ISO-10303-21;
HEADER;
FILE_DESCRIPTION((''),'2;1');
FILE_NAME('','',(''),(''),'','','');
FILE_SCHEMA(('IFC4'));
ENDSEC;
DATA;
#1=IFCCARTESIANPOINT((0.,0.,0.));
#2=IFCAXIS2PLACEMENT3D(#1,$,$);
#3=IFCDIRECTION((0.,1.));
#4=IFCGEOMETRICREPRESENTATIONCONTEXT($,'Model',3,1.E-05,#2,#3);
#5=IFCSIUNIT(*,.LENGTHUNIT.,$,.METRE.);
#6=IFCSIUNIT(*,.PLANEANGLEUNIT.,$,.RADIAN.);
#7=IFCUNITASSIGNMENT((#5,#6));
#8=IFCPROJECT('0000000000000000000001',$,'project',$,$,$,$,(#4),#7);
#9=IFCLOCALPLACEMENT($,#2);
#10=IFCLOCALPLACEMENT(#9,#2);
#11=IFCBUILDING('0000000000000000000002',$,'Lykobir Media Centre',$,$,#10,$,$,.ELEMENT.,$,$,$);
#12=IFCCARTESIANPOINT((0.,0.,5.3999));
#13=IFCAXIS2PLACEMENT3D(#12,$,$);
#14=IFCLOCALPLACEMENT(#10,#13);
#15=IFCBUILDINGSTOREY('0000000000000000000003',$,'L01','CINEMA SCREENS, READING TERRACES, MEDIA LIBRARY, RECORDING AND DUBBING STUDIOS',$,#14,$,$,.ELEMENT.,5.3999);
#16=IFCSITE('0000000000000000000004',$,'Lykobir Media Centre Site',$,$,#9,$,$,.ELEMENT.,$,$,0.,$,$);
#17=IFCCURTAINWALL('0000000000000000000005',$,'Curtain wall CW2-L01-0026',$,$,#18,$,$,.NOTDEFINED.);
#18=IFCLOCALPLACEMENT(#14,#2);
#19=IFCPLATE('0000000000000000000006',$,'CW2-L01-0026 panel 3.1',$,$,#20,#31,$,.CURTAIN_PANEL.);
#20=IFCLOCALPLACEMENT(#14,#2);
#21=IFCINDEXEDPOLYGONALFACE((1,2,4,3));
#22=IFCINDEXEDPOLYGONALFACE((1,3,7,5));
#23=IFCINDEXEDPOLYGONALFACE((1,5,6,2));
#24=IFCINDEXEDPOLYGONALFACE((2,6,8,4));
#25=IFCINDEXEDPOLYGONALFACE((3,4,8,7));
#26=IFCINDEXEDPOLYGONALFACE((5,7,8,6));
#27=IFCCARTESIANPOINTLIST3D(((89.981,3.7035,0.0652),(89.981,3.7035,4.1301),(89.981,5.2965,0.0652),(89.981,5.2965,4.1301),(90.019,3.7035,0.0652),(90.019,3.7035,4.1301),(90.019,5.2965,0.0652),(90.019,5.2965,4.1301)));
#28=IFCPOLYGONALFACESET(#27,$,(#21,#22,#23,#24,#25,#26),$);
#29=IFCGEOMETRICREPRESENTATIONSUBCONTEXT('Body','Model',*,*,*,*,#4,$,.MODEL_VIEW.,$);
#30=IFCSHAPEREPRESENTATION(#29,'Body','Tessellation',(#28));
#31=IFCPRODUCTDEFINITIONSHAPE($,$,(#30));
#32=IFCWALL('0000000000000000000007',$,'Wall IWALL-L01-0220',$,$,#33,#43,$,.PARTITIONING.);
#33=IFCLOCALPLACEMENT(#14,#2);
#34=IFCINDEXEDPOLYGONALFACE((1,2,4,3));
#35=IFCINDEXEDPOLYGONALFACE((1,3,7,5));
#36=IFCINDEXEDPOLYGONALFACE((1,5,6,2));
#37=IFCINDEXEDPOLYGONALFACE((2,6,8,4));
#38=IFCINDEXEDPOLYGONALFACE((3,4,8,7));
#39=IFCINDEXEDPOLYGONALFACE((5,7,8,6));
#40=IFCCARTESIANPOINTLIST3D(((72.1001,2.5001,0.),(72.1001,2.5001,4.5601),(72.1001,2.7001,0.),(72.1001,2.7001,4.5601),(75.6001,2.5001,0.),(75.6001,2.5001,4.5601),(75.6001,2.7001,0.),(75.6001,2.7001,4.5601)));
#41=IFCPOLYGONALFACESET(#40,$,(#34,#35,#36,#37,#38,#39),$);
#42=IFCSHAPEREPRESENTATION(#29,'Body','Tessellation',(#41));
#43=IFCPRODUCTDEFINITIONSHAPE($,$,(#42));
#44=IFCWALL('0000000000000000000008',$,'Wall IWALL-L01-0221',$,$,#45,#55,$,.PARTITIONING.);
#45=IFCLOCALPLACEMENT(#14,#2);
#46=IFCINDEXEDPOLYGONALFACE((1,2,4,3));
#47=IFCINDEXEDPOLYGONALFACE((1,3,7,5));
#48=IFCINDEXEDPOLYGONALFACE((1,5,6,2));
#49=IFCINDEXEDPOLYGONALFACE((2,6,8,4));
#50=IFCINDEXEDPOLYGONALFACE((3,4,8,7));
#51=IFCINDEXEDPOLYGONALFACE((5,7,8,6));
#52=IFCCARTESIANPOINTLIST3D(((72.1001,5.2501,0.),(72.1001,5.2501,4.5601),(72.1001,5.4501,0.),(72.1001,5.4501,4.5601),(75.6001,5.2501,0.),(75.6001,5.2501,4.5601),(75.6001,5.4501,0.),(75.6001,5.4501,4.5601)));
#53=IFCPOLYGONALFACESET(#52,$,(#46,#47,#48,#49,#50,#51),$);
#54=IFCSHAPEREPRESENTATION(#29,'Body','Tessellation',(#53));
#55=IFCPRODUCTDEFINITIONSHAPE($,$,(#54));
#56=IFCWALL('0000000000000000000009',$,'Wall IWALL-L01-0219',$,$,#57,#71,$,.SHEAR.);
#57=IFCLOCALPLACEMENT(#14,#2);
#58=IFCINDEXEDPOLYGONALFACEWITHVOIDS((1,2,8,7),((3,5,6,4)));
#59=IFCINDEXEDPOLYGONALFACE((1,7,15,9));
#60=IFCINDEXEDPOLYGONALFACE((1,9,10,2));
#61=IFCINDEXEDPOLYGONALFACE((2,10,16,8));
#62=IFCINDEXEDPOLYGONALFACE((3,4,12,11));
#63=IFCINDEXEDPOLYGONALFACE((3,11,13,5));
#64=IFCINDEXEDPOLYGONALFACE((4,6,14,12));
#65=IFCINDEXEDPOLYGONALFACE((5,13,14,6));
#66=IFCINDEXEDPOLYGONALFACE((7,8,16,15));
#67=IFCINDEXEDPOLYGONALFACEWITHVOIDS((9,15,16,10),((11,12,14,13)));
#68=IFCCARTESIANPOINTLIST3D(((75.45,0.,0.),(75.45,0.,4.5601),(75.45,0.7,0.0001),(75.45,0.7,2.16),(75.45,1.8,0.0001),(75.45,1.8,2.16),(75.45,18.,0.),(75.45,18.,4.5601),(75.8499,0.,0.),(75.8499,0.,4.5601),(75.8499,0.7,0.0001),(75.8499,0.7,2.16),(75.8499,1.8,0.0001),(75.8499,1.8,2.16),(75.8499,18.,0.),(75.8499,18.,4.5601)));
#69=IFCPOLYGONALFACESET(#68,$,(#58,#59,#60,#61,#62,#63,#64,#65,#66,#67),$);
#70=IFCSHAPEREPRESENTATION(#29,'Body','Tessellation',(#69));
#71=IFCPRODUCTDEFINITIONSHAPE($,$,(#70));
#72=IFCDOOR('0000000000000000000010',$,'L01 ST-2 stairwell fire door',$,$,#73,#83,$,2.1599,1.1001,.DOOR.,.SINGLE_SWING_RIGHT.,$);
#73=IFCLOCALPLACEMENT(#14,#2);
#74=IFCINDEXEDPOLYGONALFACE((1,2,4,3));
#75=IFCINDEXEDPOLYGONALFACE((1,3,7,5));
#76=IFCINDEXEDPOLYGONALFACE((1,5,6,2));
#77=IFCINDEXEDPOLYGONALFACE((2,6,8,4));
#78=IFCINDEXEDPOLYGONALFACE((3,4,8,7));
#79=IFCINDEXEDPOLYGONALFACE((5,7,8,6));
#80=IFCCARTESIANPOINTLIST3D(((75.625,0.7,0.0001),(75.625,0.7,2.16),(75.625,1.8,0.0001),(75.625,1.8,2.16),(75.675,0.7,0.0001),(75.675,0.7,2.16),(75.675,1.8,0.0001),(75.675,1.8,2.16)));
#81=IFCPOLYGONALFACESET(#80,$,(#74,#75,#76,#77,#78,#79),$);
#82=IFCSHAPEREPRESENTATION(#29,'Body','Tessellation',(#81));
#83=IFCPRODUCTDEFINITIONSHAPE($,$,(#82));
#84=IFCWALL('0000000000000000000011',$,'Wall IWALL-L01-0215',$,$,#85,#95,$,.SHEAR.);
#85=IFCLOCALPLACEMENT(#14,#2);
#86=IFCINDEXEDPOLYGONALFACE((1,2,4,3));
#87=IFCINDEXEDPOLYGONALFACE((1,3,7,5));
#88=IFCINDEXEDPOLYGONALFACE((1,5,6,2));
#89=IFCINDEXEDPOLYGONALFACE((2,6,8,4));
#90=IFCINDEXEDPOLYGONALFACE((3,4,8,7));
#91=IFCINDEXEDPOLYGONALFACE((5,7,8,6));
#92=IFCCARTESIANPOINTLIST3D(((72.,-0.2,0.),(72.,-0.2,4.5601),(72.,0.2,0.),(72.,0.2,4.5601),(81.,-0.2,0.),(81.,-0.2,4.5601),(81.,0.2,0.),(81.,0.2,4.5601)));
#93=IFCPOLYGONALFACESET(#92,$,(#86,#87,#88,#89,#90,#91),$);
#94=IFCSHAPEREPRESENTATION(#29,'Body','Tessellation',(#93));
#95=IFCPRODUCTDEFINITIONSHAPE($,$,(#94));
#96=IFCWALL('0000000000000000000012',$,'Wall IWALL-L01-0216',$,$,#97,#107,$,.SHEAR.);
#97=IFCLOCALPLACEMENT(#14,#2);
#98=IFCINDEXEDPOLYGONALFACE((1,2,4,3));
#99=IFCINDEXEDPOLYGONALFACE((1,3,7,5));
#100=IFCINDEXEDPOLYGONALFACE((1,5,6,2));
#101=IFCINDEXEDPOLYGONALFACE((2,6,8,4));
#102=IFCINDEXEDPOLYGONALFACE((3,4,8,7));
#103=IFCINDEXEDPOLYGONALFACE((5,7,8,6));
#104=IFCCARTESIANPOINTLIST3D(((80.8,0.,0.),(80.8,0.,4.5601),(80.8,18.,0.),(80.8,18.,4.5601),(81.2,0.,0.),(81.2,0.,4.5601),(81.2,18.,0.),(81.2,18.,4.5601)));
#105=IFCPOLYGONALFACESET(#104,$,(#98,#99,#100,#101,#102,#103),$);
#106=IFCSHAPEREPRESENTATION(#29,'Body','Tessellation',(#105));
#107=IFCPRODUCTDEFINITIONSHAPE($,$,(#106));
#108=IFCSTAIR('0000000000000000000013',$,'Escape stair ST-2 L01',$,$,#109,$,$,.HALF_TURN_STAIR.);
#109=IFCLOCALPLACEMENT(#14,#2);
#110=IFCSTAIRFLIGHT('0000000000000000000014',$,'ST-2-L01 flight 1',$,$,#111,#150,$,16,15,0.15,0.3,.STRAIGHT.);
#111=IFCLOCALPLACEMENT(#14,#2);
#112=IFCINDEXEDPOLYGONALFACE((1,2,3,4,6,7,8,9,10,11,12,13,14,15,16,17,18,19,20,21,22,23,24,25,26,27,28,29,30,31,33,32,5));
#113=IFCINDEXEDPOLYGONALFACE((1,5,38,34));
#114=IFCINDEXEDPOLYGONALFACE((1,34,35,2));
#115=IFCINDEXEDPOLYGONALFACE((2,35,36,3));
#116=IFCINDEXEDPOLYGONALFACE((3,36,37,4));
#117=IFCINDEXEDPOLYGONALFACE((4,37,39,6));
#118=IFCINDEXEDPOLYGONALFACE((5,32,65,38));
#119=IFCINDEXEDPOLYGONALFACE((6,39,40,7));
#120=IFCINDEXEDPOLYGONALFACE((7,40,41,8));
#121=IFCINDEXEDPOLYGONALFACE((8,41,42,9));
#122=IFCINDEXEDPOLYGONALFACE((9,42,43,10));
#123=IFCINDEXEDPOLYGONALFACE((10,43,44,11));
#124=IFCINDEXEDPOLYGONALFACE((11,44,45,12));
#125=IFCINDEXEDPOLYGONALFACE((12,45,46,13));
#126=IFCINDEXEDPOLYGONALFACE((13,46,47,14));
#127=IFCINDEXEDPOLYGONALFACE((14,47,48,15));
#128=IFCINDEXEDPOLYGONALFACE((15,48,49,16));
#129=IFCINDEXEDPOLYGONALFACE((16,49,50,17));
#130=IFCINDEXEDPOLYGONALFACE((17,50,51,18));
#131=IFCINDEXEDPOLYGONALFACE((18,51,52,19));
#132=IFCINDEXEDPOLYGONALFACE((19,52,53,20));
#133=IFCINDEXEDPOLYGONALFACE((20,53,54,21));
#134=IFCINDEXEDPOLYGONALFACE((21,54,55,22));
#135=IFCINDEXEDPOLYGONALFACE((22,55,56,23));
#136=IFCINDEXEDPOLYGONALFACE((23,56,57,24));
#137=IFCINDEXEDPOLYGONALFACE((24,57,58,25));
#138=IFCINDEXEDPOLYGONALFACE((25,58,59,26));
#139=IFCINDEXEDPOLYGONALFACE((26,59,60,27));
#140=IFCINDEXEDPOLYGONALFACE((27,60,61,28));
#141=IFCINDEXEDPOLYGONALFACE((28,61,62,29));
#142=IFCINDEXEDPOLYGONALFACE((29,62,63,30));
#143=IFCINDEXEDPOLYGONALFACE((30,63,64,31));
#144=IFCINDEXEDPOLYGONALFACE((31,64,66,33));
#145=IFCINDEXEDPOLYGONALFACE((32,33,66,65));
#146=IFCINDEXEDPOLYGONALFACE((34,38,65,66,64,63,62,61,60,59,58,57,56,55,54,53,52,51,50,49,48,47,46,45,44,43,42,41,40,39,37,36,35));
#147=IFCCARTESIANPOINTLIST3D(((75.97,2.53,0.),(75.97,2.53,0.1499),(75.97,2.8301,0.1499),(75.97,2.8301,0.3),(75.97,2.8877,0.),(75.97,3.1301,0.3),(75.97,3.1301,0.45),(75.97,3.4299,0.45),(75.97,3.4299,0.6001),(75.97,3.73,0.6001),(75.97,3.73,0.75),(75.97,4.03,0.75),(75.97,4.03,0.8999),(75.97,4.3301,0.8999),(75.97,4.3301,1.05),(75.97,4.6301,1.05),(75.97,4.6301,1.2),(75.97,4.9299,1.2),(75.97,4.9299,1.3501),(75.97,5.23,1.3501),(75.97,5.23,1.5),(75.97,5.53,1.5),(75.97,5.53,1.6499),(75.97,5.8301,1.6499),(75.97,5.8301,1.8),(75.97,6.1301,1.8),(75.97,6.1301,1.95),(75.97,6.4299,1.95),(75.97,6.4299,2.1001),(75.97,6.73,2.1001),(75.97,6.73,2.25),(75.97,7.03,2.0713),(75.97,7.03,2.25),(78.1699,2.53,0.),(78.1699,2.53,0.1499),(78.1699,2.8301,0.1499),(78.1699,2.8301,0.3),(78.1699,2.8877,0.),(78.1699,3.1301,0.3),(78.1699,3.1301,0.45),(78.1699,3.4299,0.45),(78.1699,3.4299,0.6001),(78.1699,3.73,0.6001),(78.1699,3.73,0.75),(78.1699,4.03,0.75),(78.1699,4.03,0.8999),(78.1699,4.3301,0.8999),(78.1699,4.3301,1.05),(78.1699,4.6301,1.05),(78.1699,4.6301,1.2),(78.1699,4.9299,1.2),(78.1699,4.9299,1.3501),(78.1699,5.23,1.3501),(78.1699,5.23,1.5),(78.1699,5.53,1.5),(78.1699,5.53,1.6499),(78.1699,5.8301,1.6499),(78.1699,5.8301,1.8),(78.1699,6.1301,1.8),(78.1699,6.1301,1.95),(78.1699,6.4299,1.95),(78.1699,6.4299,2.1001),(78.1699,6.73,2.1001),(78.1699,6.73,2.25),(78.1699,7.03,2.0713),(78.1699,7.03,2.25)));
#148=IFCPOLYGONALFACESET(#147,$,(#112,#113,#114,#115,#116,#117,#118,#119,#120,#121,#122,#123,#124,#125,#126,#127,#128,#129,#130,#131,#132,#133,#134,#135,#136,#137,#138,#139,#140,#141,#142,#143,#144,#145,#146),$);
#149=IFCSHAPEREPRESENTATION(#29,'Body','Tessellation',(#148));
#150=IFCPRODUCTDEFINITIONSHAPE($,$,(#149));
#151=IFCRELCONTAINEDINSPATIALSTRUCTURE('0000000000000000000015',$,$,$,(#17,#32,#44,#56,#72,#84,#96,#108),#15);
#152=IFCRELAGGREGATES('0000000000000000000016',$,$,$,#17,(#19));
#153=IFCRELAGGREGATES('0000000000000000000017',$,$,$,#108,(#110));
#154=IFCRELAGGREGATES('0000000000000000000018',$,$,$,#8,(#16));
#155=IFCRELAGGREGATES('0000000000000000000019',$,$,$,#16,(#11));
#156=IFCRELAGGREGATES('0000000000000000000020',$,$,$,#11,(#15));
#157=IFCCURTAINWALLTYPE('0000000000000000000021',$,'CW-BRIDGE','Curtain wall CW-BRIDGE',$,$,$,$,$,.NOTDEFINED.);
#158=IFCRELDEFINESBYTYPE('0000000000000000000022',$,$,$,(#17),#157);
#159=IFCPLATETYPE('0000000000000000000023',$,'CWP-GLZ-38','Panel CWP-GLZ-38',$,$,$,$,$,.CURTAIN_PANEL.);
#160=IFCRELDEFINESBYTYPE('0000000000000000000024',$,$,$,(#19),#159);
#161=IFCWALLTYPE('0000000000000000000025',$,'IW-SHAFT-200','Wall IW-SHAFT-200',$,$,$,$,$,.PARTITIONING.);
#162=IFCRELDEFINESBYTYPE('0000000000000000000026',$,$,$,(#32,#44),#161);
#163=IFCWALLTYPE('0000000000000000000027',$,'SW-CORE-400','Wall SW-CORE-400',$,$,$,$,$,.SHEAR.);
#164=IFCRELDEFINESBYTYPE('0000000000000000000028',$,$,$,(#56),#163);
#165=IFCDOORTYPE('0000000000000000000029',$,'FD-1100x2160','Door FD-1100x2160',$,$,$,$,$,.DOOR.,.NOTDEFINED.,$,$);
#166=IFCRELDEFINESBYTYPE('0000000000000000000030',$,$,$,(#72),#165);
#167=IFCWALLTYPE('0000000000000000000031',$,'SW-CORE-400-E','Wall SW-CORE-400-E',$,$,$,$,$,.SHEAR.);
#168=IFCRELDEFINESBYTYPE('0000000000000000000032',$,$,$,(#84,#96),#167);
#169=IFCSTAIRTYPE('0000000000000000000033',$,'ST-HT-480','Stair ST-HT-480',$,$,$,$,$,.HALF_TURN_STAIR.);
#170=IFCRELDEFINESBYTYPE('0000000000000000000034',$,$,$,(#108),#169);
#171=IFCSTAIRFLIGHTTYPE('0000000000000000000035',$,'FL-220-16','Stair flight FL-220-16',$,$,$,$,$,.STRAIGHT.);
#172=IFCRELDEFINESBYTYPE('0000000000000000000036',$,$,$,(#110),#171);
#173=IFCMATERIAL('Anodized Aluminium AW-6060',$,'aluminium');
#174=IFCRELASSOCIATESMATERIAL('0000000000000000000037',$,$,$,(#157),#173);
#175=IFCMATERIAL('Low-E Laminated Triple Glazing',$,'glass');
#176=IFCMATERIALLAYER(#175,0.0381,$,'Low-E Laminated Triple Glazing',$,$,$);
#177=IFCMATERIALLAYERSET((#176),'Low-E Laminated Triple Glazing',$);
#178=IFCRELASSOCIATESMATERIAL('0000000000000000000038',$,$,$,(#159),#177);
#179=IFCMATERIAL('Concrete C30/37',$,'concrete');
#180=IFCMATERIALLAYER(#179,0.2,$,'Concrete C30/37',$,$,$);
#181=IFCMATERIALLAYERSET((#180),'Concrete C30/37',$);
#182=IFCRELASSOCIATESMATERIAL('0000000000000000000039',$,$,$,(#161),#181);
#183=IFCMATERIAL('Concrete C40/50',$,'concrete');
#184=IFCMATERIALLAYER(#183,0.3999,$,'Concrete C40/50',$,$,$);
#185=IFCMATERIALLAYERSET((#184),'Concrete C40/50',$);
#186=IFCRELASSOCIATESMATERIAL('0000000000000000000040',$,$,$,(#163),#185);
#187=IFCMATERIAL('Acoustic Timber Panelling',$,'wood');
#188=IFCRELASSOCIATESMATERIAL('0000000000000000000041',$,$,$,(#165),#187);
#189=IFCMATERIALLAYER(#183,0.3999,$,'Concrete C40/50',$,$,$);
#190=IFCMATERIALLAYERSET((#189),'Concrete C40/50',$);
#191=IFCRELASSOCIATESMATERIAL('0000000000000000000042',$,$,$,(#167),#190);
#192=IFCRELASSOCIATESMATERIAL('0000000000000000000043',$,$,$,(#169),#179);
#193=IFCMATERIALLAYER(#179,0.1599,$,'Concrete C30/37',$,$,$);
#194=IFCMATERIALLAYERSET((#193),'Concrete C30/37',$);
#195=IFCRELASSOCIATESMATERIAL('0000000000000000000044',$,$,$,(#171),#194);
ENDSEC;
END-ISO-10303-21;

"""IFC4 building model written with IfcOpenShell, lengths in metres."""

from ifc_helpers import new_model, si_unit, direction, frame, frame_2d, origin, origin_2d, place, context, subcontext, project, spatial, polyline, rectangle, outline, extrude, material, layer, layer_set, type_object, element, fill, aggregate, save


model = new_model("IFC4")

# Units and contexts
model_context = context("Model", 3, precision=1e-05, world=origin(), true_north=direction((0.0, 1.0)))
body_context = subcontext(model_context, "Body", "Model", "MODEL_VIEW")
ifc_project = project(units=[si_unit("LENGTHUNIT", "METRE"), si_unit("PLANEANGLEUNIT", "RADIAN")], contexts=[model_context])

# Site, building, storey
site_placement = place(None, origin())
site = spatial("IfcSite", under=ifc_project, at=site_placement, Name="Lykobir Media Centre Site", CompositionType="ELEMENT", RefElevation=0.0)
building_placement = place(site_placement, origin())
building = spatial("IfcBuilding", under=site, at=building_placement, Name="Lykobir Media Centre", CompositionType="ELEMENT")
storey_placement = place(building_placement, frame((0.0, 0.0, 5.3999)))
storey = spatial("IfcBuildingStorey", under=building, at=storey_placement, Name="L01", Description="CINEMA SCREENS, READING TERRACES, MEDIA LIBRARY, RECORDING AND DUBBING STUDIOS", CompositionType="ELEMENT", Elevation=5.3999)

# Shared definitions
ifc_material_1 = material(Name="Concrete C40/50", Category="concrete")

# Curtain wall
ifc_material_2 = material(Name="Anodized Aluminium AW-6060", Category="aluminium")
curtain_wall_type = type_object("IfcCurtainWallType", Name="CW-BRIDGE", Description="Curtain wall CW-BRIDGE", PredefinedType="NOTDEFINED", material=ifc_material_2)
curtain_wall_placement = place(storey_placement, origin())
curtain_wall = element("IfcCurtainWall", 1, at=curtain_wall_placement, inside=storey, type_object=curtain_wall_type, Name="Curtain wall CW2-L01-0026", PredefinedType="NOTDEFINED")

# Plate
ifc_material_3 = material(Name="Low-E Laminated Triple Glazing", Category="glass")
ifc_layer_1 = layer(ifc_material_3, 0.0381, Name="Low-E Laminated Triple Glazing")
ifc_layer_set_1 = layer_set([ifc_layer_1], Name="Low-E Laminated Triple Glazing")
plate_type = type_object("IfcPlateType", Name="CWP-GLZ-38", Description="Panel CWP-GLZ-38", PredefinedType="CURTAIN_PANEL", material=ifc_layer_set_1)
plate_1_placement = place(storey_placement, frame((90.0, 4.5, 0.0652), z_axis=(0.0, 0.0, 1.0), x_axis=(0.0, 1.0, 0.0)))
plate_1 = element("IfcPlate", 2, at=plate_1_placement, type_object=plate_type, Name="CW2-L01-0026 panel 3.1", PredefinedType="CURTAIN_PANEL", context=body_context, shape_type="SweptSolid", body=[
    extrude(rectangle(XDim=1.593, YDim=0.0381, at=origin_2d()), origin(), (0.0, 0.0, 1.0), 4.0649),
])
aggregate(curtain_wall, [plate_1])

# Walls
ifc_material_4 = material(Name="Concrete C30/37", Category="concrete")
ifc_layer_2 = layer(ifc_material_4, 0.2, Name="Concrete C30/37")
ifc_layer_set_2 = layer_set([ifc_layer_2], Name="Concrete C30/37")
wall_type_1 = type_object("IfcWallType", Name="IW-SHAFT-200", Description="Wall IW-SHAFT-200", PredefinedType="PARTITIONING", material=ifc_layer_set_2)
for number, where, z_axis, x_axis, name in (
    (3, (72.1001, 2.6001, 0.0), (0.0, 0.0, 1.0), (1.0, 0.0, 0.0), "Wall IWALL-L01-0220"),
    (4, (72.1001, 5.3501, 0.0), (0.0, 0.0, 1.0), (1.0, 0.0, 0.0), "Wall IWALL-L01-0221"),
):
    element("IfcWall", number, at=place(storey_placement, frame(where, z_axis=z_axis, x_axis=x_axis)), inside=storey, type_object=wall_type_1, Name=name, PredefinedType="PARTITIONING", context=body_context, shape_type="SweptSolid", body=[
        extrude(rectangle(XDim=3.5, YDim=0.2, at=frame_2d((1.75, 0.0))), origin(), (0.0, 0.0, 1.0), 4.5601),
    ])

# Wall, opening, door
ifc_layer_3 = layer(ifc_material_1, 0.3999, Name="Concrete C40/50")
ifc_layer_set_3 = layer_set([ifc_layer_3], Name="Concrete C40/50")
wall_type_2 = type_object("IfcWallType", Name="SW-CORE-400", Description="Wall SW-CORE-400", PredefinedType="SHEAR", material=ifc_layer_set_3)
wall_1_placement = place(storey_placement, frame((75.6499, 0.0, 0.0), z_axis=(0.0, 0.0, 1.0), x_axis=(0.0, 1.0, 0.0)))
wall_1 = element("IfcWall", 5, at=wall_1_placement, inside=storey, type_object=wall_type_2, Name="Wall IWALL-L01-0219", PredefinedType="SHEAR", context=body_context, shape_type="SweptSolid", body=[
    extrude(rectangle(XDim=18.0, YDim=0.3999, at=frame_2d((9.0, 0.0))), origin(), (0.0, 0.0, 1.0), 4.5601),
])
opening_placement = place(wall_1_placement, frame((0.7, 0.0, 0.0)))
opening = element("IfcOpeningElement", 6, at=opening_placement, cuts=wall_1, PredefinedType="OPENING", context=body_context, shape_type="SweptSolid", body=[
    extrude(rectangle(XDim=1.1001, YDim=2.1599, at=frame_2d((0.55, 1.0801))), frame((0.0, 0.21, 0.0), z_axis=(0.0, -1.0, 0.0), x_axis=(1.0, 0.0, 0.0)), (0.0, 0.0, 1.0), 0.4199),
])
ifc_material_5 = material(Name="Acoustic Timber Panelling", Category="wood")
door_type = type_object("IfcDoorType", Name="FD-1100x2160", Description="Door FD-1100x2160", OperationType="NOTDEFINED", PredefinedType="DOOR", material=ifc_material_5)
door_placement = place(opening_placement, origin())
door = element("IfcDoor", 7, at=door_placement, inside=storey, type_object=door_type, Name="L01 ST-2 stairwell fire door", OperationType="SINGLE_SWING_RIGHT", OverallHeight=2.1599, OverallWidth=1.1001, PredefinedType="DOOR", context=body_context, shape_type="SweptSolid", body=[
    extrude(rectangle(XDim=1.1001, YDim=2.1599, at=frame_2d((0.55, 1.0801))), frame((0.0, 0.0249, 0.0), z_axis=(0.0, -1.0, 0.0), x_axis=(1.0, 0.0, 0.0)), (0.0, 0.0, 1.0), 0.05),
])
fill(opening, door)

# Walls
ifc_layer_4 = layer(ifc_material_1, 0.3999, Name="Concrete C40/50")
ifc_layer_set_4 = layer_set([ifc_layer_4], Name="Concrete C40/50")
wall_type_3 = type_object("IfcWallType", Name="SW-CORE-400-E", Description="Wall SW-CORE-400-E", PredefinedType="SHEAR", material=ifc_layer_set_4)
wall_2_placement = place(storey_placement, frame((72.0, 0.0, 0.0), z_axis=(0.0, 0.0, 1.0), x_axis=(1.0, 0.0, 0.0)))
element("IfcWall", 8, at=wall_2_placement, inside=storey, type_object=wall_type_3, Name="Wall IWALL-L01-0215", PredefinedType="SHEAR", context=body_context, shape_type="SweptSolid", body=[
    extrude(rectangle(XDim=9.0, YDim=0.3999, at=frame_2d((4.5, 0.0))), origin(), (0.0, 0.0, 1.0), 4.5601),
])
wall_3_placement = place(storey_placement, frame((81.0, 0.0, 0.0), z_axis=(0.0, 0.0, 1.0), x_axis=(0.0, 1.0, 0.0)))
element("IfcWall", 9, at=wall_3_placement, inside=storey, type_object=wall_type_3, Name="Wall IWALL-L01-0216", PredefinedType="SHEAR", context=body_context, shape_type="SweptSolid", body=[
    extrude(rectangle(XDim=18.0, YDim=0.3999, at=frame_2d((9.0, 0.0))), origin(), (0.0, 0.0, 1.0), 4.5601),
])

# Stair, stair flight
stair_type = type_object("IfcStairType", Name="ST-HT-480", Description="Stair ST-HT-480", PredefinedType="HALF_TURN_STAIR", material=ifc_material_4)
stair_placement = place(storey_placement, origin())
stair = element("IfcStair", 10, at=stair_placement, inside=storey, type_object=stair_type, Name="Escape stair ST-2 L01", PredefinedType="HALF_TURN_STAIR")
ifc_layer_5 = layer(ifc_material_4, 0.1599, Name="Concrete C30/37")
ifc_layer_set_5 = layer_set([ifc_layer_5], Name="Concrete C30/37")
stair_flight_type = type_object("IfcStairFlightType", Name="FL-220-16", Description="Stair flight FL-220-16", PredefinedType="STRAIGHT", material=ifc_layer_set_5)
stair_flight_1_placement = place(storey_placement, frame((77.0701, 2.53, 0.0), z_axis=(0.0, 0.0, 1.0), x_axis=(0.0, 1.0, 0.0)))
stair_flight_1 = element("IfcStairFlight", 11, at=stair_flight_1_placement, type_object=stair_flight_type, Name="ST-2-L01 flight 1", NumberOfRisers=16, NumberOfTreads=15, PredefinedType="STRAIGHT", RiserHeight=0.15, TreadLength=0.3, context=body_context, shape_type="SweptSolid", body=[
    extrude(outline(polyline([(0.0, 0.0), (0.0, 0.1499), (0.3, 0.1499), (0.3, 0.3), (0.6001, 0.3), (0.6001, 0.45), (0.8999, 0.45), (0.8999, 0.6001), (1.2, 0.6001), (1.2, 0.75), (1.5, 0.75), (1.5, 0.8999), (1.8, 0.8999), (1.8, 1.05), (2.1001, 1.05), (2.1001, 1.2), (2.3999, 1.2), (2.3999, 1.3501), (2.7, 1.3501), (2.7, 1.5), (3.0, 1.5), (3.0, 1.6499), (3.3, 1.6499), (3.3, 1.8), (3.6001, 1.8), (3.6001, 1.95), (3.8999, 1.95), (3.8999, 2.1001), (4.2, 2.1001), (4.2, 2.25), (4.5, 2.25), (4.5, 2.3999), (4.5, 2.0713), (0.3577, 0.0), (0.0, 0.0)])), frame((0.0, 1.1001, 0.0), z_axis=(0.0, -1.0, 0.0), x_axis=(1.0, 0.0, 0.0)), (0.0, 0.0, 1.0), 2.2),
])
aggregate(stair, [stair_flight_1])

save(model, "model.ifc")
